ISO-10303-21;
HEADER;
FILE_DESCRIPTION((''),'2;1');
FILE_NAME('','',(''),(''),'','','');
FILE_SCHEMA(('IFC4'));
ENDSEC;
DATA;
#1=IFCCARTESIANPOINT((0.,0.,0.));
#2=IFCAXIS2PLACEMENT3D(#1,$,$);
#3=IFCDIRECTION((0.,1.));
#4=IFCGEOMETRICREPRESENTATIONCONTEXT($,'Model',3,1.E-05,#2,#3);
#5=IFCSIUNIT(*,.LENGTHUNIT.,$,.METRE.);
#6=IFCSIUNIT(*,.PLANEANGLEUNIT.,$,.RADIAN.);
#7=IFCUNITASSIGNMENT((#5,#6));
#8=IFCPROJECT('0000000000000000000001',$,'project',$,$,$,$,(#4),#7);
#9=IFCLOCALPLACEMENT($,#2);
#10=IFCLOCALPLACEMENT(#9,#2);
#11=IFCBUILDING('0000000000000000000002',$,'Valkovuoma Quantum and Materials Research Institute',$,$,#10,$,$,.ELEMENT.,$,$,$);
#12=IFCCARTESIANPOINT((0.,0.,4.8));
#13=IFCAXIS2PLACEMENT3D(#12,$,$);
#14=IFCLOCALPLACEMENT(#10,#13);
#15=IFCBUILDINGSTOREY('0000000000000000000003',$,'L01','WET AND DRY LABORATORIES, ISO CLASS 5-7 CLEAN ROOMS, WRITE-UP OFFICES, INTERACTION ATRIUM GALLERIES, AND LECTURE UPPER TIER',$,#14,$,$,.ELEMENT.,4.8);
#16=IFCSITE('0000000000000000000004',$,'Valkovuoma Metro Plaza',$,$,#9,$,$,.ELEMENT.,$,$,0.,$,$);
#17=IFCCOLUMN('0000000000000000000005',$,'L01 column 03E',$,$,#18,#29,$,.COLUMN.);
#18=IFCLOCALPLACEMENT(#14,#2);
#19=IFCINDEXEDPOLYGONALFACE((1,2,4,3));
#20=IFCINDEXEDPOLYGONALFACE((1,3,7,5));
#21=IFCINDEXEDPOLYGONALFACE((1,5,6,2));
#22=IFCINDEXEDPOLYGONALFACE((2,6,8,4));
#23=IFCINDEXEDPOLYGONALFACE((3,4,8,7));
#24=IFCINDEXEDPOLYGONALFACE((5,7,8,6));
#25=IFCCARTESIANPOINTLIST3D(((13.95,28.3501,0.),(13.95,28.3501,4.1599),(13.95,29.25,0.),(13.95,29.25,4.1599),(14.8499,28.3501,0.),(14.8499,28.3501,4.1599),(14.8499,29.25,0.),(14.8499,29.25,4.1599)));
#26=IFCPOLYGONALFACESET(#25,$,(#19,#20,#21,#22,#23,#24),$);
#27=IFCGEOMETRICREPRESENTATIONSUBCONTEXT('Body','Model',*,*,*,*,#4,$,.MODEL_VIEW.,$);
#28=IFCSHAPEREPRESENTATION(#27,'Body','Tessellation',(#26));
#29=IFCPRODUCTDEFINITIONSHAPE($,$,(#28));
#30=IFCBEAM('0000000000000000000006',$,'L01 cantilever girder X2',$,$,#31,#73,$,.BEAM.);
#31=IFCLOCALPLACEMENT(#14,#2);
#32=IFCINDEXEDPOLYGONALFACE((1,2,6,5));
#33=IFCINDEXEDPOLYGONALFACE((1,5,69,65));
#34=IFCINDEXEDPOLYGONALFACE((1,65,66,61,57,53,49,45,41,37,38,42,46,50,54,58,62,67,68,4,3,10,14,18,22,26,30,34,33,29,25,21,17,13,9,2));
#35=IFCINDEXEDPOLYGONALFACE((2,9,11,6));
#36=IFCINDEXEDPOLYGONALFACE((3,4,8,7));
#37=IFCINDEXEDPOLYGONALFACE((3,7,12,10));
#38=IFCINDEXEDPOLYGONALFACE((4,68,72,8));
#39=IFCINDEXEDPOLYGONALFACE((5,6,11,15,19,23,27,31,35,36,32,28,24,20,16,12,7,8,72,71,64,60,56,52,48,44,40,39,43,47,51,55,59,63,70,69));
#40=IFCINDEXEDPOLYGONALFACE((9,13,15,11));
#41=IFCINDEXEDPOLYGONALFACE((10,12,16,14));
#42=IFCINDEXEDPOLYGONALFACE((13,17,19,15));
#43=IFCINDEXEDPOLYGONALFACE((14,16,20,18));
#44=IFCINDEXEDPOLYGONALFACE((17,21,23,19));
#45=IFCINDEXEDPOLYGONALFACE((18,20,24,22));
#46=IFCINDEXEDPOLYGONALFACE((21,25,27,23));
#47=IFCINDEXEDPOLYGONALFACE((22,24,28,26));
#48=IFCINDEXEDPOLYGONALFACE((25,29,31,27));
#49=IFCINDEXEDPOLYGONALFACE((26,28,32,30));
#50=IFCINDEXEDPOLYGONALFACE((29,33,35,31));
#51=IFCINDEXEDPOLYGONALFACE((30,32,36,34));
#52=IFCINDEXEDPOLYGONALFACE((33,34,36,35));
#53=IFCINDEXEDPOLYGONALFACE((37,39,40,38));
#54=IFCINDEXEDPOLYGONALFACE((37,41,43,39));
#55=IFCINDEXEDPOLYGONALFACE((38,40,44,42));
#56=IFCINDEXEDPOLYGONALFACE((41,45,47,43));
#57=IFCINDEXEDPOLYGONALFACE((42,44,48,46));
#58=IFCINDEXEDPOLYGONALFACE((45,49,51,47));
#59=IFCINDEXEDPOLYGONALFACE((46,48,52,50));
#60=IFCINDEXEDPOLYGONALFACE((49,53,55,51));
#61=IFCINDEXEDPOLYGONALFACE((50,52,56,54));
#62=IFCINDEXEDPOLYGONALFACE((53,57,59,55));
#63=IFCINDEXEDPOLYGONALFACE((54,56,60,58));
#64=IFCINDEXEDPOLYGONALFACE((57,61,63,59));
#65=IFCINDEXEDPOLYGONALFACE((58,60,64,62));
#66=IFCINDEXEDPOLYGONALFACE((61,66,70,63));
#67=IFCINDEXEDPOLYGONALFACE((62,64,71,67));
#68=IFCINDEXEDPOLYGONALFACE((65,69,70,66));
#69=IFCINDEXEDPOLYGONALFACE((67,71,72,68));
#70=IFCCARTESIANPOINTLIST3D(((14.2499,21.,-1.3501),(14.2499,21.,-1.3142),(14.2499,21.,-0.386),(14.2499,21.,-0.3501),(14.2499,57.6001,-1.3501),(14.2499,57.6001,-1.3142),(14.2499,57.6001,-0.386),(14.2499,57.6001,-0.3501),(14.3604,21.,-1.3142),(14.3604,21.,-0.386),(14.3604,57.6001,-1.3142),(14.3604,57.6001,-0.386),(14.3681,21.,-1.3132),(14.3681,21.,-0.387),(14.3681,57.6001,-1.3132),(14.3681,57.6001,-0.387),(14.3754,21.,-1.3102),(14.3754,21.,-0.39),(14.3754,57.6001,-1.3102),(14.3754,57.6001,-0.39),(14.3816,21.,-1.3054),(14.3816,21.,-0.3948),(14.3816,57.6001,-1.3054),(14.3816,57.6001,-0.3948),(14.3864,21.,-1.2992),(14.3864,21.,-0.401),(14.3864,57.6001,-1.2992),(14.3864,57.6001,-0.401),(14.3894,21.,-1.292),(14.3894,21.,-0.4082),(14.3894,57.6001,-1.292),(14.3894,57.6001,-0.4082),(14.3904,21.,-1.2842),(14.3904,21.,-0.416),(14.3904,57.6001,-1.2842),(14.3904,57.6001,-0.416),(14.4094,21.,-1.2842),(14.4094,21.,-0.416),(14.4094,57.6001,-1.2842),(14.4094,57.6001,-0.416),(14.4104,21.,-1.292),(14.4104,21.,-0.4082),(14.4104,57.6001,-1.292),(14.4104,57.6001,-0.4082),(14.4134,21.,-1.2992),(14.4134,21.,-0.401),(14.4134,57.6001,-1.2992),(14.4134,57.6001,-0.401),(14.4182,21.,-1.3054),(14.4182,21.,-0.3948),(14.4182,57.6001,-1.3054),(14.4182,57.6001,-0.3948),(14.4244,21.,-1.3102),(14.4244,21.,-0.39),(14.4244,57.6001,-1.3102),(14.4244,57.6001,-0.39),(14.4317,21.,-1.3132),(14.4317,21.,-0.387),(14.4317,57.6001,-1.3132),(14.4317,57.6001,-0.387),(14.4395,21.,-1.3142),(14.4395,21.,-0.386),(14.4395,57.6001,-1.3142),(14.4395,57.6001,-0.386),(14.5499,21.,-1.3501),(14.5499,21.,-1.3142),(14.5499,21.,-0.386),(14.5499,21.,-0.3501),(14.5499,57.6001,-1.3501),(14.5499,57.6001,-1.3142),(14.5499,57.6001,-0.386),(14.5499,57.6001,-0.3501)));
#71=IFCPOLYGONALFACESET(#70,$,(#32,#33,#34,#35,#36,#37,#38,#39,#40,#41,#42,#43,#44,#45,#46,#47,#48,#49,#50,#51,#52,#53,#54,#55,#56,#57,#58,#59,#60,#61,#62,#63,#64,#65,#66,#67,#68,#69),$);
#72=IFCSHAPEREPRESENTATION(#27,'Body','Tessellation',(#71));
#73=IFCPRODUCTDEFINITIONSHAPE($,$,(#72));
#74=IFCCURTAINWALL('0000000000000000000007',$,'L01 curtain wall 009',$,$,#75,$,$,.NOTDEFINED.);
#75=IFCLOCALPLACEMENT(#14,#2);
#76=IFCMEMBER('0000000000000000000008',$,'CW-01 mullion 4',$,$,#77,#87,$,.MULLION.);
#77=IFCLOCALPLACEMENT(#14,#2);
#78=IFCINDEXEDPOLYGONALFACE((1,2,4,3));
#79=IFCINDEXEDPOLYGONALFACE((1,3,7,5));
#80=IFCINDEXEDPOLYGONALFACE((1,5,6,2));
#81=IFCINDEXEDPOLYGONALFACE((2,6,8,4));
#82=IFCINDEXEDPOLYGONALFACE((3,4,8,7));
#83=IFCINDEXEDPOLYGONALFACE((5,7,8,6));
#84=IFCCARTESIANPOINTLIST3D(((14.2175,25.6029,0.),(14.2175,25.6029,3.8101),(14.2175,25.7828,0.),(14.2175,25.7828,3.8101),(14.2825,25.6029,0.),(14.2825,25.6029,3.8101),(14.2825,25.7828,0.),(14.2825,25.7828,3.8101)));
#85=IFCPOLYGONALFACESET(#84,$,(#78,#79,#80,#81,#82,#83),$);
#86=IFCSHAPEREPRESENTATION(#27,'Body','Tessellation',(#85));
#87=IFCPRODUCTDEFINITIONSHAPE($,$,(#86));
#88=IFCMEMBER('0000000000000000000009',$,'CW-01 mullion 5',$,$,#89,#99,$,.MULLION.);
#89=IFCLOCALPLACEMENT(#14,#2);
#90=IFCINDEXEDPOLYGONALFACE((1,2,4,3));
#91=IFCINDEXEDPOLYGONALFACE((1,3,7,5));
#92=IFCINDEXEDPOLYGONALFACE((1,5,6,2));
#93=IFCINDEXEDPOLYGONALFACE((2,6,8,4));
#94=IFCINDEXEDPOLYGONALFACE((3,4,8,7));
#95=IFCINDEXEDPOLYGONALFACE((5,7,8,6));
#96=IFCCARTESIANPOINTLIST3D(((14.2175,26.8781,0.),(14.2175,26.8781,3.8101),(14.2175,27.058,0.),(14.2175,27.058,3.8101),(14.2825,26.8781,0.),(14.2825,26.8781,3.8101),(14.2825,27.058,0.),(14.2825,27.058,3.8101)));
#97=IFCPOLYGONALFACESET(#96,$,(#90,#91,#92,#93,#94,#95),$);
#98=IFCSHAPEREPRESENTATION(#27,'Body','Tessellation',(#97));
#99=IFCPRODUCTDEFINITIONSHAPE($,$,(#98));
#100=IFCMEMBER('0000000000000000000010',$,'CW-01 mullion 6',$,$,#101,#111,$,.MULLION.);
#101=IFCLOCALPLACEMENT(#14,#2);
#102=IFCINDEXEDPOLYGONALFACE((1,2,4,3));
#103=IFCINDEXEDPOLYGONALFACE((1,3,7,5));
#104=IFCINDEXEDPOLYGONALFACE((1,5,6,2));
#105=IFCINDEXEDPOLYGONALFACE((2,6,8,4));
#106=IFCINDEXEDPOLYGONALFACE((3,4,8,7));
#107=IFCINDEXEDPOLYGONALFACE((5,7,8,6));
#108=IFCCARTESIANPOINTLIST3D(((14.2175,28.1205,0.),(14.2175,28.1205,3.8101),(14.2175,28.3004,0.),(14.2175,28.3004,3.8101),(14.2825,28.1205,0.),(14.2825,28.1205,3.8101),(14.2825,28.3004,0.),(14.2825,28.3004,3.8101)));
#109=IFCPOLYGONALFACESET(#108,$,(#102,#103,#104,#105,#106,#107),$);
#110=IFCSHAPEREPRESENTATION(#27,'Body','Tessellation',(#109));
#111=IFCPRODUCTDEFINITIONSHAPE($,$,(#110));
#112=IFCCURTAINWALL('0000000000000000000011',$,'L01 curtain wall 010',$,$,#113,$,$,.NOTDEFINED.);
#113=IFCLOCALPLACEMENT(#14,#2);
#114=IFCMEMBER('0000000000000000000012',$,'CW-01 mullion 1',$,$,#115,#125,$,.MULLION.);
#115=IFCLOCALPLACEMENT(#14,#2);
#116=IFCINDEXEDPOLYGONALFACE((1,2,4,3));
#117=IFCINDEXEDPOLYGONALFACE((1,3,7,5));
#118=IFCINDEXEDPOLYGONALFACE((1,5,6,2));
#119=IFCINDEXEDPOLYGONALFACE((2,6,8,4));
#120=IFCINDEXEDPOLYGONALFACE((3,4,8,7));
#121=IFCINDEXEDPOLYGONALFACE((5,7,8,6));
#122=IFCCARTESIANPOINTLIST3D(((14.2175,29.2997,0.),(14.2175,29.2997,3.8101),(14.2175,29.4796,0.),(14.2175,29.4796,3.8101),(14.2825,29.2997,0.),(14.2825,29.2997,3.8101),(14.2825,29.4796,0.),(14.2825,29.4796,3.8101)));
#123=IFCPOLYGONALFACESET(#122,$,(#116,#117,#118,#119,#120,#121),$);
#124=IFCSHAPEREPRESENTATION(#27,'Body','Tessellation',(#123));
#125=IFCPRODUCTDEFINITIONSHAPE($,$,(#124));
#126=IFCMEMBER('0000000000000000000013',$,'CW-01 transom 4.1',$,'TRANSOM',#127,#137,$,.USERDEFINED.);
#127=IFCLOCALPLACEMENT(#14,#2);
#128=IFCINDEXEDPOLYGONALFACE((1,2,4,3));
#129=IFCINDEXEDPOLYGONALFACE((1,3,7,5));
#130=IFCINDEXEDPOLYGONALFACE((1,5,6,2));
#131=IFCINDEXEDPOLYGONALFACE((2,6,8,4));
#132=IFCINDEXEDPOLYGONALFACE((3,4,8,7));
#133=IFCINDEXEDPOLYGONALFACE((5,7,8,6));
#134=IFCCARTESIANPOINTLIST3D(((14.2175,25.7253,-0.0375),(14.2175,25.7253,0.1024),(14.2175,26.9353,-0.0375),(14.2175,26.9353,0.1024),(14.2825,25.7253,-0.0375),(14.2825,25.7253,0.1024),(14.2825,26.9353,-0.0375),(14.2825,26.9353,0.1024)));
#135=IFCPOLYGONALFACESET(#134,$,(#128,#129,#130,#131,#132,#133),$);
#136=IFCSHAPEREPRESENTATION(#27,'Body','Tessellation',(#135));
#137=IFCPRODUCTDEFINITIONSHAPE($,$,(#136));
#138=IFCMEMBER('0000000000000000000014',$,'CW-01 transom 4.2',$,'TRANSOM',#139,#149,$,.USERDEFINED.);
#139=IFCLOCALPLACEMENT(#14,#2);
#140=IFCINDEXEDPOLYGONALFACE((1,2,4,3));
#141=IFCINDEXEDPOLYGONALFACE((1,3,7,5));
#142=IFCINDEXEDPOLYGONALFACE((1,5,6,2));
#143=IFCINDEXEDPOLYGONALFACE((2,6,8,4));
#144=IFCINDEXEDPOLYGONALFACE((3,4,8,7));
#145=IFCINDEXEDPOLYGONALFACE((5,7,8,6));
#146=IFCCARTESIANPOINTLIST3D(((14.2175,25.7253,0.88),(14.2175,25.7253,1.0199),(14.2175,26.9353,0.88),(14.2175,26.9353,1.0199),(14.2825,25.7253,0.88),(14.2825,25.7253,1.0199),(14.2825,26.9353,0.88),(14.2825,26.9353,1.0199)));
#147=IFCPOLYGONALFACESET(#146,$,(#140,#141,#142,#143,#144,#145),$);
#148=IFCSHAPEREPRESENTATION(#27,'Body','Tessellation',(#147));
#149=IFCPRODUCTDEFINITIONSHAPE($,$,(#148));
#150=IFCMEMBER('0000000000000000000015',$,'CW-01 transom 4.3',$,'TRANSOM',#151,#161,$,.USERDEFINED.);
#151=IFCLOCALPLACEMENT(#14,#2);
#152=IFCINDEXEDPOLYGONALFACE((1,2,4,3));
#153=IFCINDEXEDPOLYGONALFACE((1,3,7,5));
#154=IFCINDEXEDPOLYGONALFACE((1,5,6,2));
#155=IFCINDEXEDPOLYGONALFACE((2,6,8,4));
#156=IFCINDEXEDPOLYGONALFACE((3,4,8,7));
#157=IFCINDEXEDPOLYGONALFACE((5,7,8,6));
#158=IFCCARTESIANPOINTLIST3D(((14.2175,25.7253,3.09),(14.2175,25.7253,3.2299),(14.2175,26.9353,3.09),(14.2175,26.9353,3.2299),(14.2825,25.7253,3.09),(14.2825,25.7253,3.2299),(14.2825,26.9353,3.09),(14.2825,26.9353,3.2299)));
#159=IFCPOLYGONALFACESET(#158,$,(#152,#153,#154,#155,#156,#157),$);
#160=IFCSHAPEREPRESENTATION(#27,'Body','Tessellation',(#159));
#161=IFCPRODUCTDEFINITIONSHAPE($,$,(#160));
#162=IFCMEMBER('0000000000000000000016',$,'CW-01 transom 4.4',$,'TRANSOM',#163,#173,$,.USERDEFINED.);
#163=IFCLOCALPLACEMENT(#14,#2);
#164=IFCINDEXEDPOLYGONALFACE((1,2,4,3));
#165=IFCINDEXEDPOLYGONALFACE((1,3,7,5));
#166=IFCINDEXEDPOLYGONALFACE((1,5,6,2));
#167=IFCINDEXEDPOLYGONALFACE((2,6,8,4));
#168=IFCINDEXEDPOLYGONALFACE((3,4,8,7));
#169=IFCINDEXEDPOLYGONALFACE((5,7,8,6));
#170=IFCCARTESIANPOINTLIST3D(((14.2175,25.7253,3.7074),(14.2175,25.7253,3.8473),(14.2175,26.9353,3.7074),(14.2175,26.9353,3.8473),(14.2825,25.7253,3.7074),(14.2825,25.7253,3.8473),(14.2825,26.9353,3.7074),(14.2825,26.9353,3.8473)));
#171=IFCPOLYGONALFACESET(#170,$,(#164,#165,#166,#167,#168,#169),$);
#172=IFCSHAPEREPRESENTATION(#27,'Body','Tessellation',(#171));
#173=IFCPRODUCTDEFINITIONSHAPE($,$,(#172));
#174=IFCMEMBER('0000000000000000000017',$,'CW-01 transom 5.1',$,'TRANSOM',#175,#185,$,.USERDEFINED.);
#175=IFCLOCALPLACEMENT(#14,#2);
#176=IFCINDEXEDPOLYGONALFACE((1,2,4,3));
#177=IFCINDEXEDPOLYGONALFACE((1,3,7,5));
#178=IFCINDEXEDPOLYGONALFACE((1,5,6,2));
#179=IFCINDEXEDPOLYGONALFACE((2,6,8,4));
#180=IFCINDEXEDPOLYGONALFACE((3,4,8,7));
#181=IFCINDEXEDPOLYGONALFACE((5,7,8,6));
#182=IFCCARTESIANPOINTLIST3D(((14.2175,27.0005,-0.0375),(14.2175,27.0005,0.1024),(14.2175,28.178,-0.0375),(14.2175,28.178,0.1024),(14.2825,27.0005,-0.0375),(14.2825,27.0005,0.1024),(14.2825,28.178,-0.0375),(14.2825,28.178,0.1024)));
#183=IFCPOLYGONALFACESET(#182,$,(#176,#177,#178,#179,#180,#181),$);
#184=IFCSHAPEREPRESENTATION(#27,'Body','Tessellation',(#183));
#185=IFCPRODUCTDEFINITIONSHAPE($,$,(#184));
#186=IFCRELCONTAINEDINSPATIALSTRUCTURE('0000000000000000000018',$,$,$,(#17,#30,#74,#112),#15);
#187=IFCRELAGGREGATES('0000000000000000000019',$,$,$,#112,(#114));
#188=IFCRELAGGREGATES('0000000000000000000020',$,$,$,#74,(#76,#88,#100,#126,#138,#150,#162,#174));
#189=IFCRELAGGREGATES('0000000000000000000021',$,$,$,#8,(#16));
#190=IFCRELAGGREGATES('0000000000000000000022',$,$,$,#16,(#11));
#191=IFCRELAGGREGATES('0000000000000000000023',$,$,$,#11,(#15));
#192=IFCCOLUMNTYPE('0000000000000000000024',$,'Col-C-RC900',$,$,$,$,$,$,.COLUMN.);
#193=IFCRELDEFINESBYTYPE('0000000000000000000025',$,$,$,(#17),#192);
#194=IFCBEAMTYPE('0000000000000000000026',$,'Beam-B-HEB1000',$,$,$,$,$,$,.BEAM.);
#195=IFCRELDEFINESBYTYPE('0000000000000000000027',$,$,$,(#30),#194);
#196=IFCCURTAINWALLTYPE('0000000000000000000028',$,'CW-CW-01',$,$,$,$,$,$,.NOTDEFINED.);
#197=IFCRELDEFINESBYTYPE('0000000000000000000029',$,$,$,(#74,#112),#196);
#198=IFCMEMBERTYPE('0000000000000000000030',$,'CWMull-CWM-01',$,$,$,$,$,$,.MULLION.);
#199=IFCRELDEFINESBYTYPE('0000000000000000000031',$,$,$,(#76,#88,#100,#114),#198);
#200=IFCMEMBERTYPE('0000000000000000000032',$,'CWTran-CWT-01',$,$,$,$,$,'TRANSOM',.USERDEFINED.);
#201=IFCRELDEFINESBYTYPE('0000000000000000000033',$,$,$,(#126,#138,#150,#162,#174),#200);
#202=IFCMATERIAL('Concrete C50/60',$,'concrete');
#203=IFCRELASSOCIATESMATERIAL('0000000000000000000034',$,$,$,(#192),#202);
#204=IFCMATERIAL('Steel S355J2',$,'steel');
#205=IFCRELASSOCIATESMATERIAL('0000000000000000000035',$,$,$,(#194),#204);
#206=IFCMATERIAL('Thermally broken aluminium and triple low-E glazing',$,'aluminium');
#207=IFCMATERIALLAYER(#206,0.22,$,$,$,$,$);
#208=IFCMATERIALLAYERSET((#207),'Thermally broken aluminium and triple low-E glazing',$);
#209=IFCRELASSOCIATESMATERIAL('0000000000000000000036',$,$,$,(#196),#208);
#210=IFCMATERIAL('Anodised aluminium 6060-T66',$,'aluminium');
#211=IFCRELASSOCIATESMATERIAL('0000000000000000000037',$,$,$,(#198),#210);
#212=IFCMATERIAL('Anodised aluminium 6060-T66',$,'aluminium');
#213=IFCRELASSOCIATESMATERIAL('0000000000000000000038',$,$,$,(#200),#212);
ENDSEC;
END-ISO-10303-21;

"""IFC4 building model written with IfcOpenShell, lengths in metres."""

from ifc_helpers import new_model, si_unit, direction, frame, origin, origin_2d, place, context, subcontext, project, spatial, rectangle, i_section, extrude, material, layer, layer_set, material_profile, profile_set, type_object, element, aggregate, save


model = new_model("IFC4")

# Units and contexts
model_context = context("Model", 3, precision=1e-05, world=origin(), true_north=direction((0.0, 1.0)))
body_context = subcontext(model_context, "Body", "Model", "MODEL_VIEW")
ifc_project = project(units=[si_unit("LENGTHUNIT", "METRE"), si_unit("PLANEANGLEUNIT", "RADIAN")], contexts=[model_context])

# Site, building, storey
site_placement = place(None, origin())
site = spatial("IfcSite", under=ifc_project, at=site_placement, Name="Valkovuoma Metro Plaza", CompositionType="ELEMENT", RefElevation=0.0)
building_placement = place(site_placement, origin())
building = spatial("IfcBuilding", under=site, at=building_placement, Name="Valkovuoma Quantum and Materials Research Institute", CompositionType="ELEMENT")
storey_placement = place(building_placement, frame((0.0, 0.0, 4.8)))
storey = spatial("IfcBuildingStorey", under=building, at=storey_placement, Name="L01", Description="WET AND DRY LABORATORIES, ISO CLASS 5-7 CLEAN ROOMS, WRITE-UP OFFICES, INTERACTION ATRIUM GALLERIES, AND LECTURE UPPER TIER", CompositionType="ELEMENT", Elevation=4.8)

# Column
ifc_material_1 = material(Name="Concrete C50/60", Category="concrete")
ifc_material_profile_1 = material_profile(ifc_material_1, rectangle(XDim=0.8999, YDim=0.8999, at=origin_2d()), Name="Concrete C50/60")
ifc_profile_set_1 = profile_set([ifc_material_profile_1], Name="Concrete C50/60")
column_type = type_object("IfcColumnType", Name="Col-C-RC900", PredefinedType="COLUMN", material=ifc_profile_set_1)
column_placement = place(storey_placement, frame((14.3999, 28.8, 0.0), z_axis=(0.0, 0.0, 1.0), x_axis=(1.0, 0.0, 0.0)))
element("IfcColumn", 1, at=column_placement, inside=storey, type_object=column_type, Name="L01 column 03E", PredefinedType="COLUMN", context=body_context, shape_type="SweptSolid", body=[
    extrude(rectangle(XDim=0.8999, YDim=0.8999, at=origin_2d()), origin(), (0.0, 0.0, 1.0), 4.1599),
])

# Beam
ifc_material_2 = material(Name="Steel S355J2", Category="steel")
ifc_material_profile_2 = material_profile(ifc_material_2, i_section(OverallWidth=0.3, OverallDepth=1.0, WebThickness=0.019, FlangeThickness=0.0359, FilletRadius=0.03, at=origin_2d()), Name="Steel S355J2")
ifc_profile_set_2 = profile_set([ifc_material_profile_2], Name="Steel S355J2")
beam_type = type_object("IfcBeamType", Name="Beam-B-HEB1000", PredefinedType="BEAM", material=ifc_profile_set_2)
beam_placement = place(storey_placement, frame((14.3999, 21.0, -0.8501), z_axis=(0.0, 1.0, 0.0), x_axis=(-1.0, 0.0, 0.0)))
element("IfcBeam", 2, at=beam_placement, inside=storey, type_object=beam_type, Name="L01 cantilever girder X2", PredefinedType="BEAM", context=body_context, shape_type="SweptSolid", body=[
    extrude(i_section(OverallWidth=0.3, OverallDepth=1.0, WebThickness=0.019, FlangeThickness=0.0359, FilletRadius=0.03, at=origin_2d()), origin(), (0.0, 0.0, 1.0), 36.6001),
])

# Curtain wall, members
ifc_material_3 = material(Name="Thermally broken aluminium and triple low-E glazing", Category="aluminium")
ifc_layer_1 = layer(ifc_material_3, 0.22)
ifc_layer_set_1 = layer_set([ifc_layer_1], Name="Thermally broken aluminium and triple low-E glazing")
curtain_wall_type = type_object("IfcCurtainWallType", Name="CW-CW-01", PredefinedType="NOTDEFINED", material=ifc_layer_set_1)
curtain_wall_1_placement = place(storey_placement, origin())
curtain_wall_1 = element("IfcCurtainWall", 3, at=curtain_wall_1_placement, inside=storey, type_object=curtain_wall_type, Name="L01 curtain wall 009", PredefinedType="NOTDEFINED")
ifc_material_4 = material(Name="Anodised aluminium 6060-T66", Category="aluminium")
ifc_material_profile_3 = material_profile(ifc_material_4, rectangle(XDim=0.0649, YDim=0.1799, at=origin_2d()), Name="Anodised aluminium 6060-T66")
ifc_profile_set_3 = profile_set([ifc_material_profile_3], Name="Anodised aluminium 6060-T66")
member_type_1 = type_object("IfcMemberType", Name="CWMull-CWM-01", PredefinedType="MULLION", material=ifc_profile_set_3)
member_1_placement = place(storey_placement, frame((14.25, 25.6929, 0.0), z_axis=(0.0, 0.0, 1.0), x_axis=(-1.0, 0.0, 0.0)))
member_1 = element("IfcMember", 4, at=member_1_placement, type_object=member_type_1, Name="CW-01 mullion 4", PredefinedType="MULLION", context=body_context, shape_type="SweptSolid", body=[
    extrude(rectangle(XDim=0.0649, YDim=0.1799, at=origin_2d()), origin(), (0.0, 0.0, 1.0), 3.8101),
])
member_2_placement = place(storey_placement, frame((14.25, 26.968, 0.0), z_axis=(0.0, 0.0, 1.0), x_axis=(-1.0, 0.0, 0.0)))
member_2 = element("IfcMember", 5, at=member_2_placement, type_object=member_type_1, Name="CW-01 mullion 5", PredefinedType="MULLION", context=body_context, shape_type="SweptSolid", body=[
    extrude(rectangle(XDim=0.0649, YDim=0.1799, at=origin_2d()), origin(), (0.0, 0.0, 1.0), 3.8101),
])
member_3_placement = place(storey_placement, frame((14.25, 28.2104, 0.0), z_axis=(0.0, 0.0, 1.0), x_axis=(-1.0, 0.0, 0.0)))
member_3 = element("IfcMember", 6, at=member_3_placement, type_object=member_type_1, Name="CW-01 mullion 6", PredefinedType="MULLION", context=body_context, shape_type="SweptSolid", body=[
    extrude(rectangle(XDim=0.0649, YDim=0.1799, at=origin_2d()), origin(), (0.0, 0.0, 1.0), 3.8101),
])

# Curtain wall, member
curtain_wall_2_placement = place(storey_placement, origin())
curtain_wall_2 = element("IfcCurtainWall", 7, at=curtain_wall_2_placement, inside=storey, type_object=curtain_wall_type, Name="L01 curtain wall 010", PredefinedType="NOTDEFINED")
member_4_placement = place(storey_placement, frame((14.25, 29.3896, 0.0), z_axis=(0.0, 0.0, 1.0), x_axis=(-1.0, 0.0, 0.0)))
member_4 = element("IfcMember", 8, at=member_4_placement, type_object=member_type_1, Name="CW-01 mullion 1", PredefinedType="MULLION", context=body_context, shape_type="SweptSolid", body=[
    extrude(rectangle(XDim=0.0649, YDim=0.1799, at=origin_2d()), origin(), (0.0, 0.0, 1.0), 3.8101),
])
aggregate(curtain_wall_2, [member_4])

# Members
ifc_material_5 = material(Name="Anodised aluminium 6060-T66", Category="aluminium")
ifc_material_profile_4 = material_profile(ifc_material_5, rectangle(XDim=0.0649, YDim=0.1399, at=origin_2d()), Name="Anodised aluminium 6060-T66")
ifc_profile_set_4 = profile_set([ifc_material_profile_4], Name="Anodised aluminium 6060-T66")
member_type_2 = type_object("IfcMemberType", Name="CWTran-CWT-01", ElementType="TRANSOM", PredefinedType="USERDEFINED", material=ifc_profile_set_4)
member_5_placement = place(storey_placement, frame((14.25, 25.7253, 0.0325), z_axis=(0.0, 1.0, 0.0), x_axis=(-1.0, 0.0, 0.0)))
member_5 = element("IfcMember", 9, at=member_5_placement, type_object=member_type_2, Name="CW-01 transom 4.1", ObjectType="TRANSOM", PredefinedType="USERDEFINED", context=body_context, shape_type="SweptSolid", body=[
    extrude(rectangle(XDim=0.0649, YDim=0.1399, at=origin_2d()), origin(), (0.0, 0.0, 1.0), 1.21),
])
member_6_placement = place(storey_placement, frame((14.25, 25.7253, 0.95), z_axis=(0.0, 1.0, 0.0), x_axis=(-1.0, 0.0, 0.0)))
member_6 = element("IfcMember", 10, at=member_6_placement, type_object=member_type_2, Name="CW-01 transom 4.2", ObjectType="TRANSOM", PredefinedType="USERDEFINED", context=body_context, shape_type="SweptSolid", body=[
    extrude(rectangle(XDim=0.0649, YDim=0.1399, at=origin_2d()), origin(), (0.0, 0.0, 1.0), 1.21),
])
member_7_placement = place(storey_placement, frame((14.25, 25.7253, 3.1599), z_axis=(0.0, 1.0, 0.0), x_axis=(-1.0, 0.0, 0.0)))
member_7 = element("IfcMember", 11, at=member_7_placement, type_object=member_type_2, Name="CW-01 transom 4.3", ObjectType="TRANSOM", PredefinedType="USERDEFINED", context=body_context, shape_type="SweptSolid", body=[
    extrude(rectangle(XDim=0.0649, YDim=0.1399, at=origin_2d()), origin(), (0.0, 0.0, 1.0), 1.21),
])
member_8_placement = place(storey_placement, frame((14.25, 25.7253, 3.7773), z_axis=(0.0, 1.0, 0.0), x_axis=(-1.0, 0.0, 0.0)))
member_8 = element("IfcMember", 12, at=member_8_placement, type_object=member_type_2, Name="CW-01 transom 4.4", ObjectType="TRANSOM", PredefinedType="USERDEFINED", context=body_context, shape_type="SweptSolid", body=[
    extrude(rectangle(XDim=0.0649, YDim=0.1399, at=origin_2d()), origin(), (0.0, 0.0, 1.0), 1.21),
])
member_9_placement = place(storey_placement, frame((14.25, 27.0005, 0.0325), z_axis=(0.0, 1.0, 0.0), x_axis=(-1.0, 0.0, 0.0)))
member_9 = element("IfcMember", 13, at=member_9_placement, type_object=member_type_2, Name="CW-01 transom 5.1", ObjectType="TRANSOM", PredefinedType="USERDEFINED", context=body_context, shape_type="SweptSolid", body=[
    extrude(rectangle(XDim=0.0649, YDim=0.1399, at=origin_2d()), origin(), (0.0, 0.0, 1.0), 1.1775),
])

aggregate(curtain_wall_1, [member_1, member_2, member_3, member_5, member_6, member_7, member_8, member_9])

save(model, "model.ifc")
